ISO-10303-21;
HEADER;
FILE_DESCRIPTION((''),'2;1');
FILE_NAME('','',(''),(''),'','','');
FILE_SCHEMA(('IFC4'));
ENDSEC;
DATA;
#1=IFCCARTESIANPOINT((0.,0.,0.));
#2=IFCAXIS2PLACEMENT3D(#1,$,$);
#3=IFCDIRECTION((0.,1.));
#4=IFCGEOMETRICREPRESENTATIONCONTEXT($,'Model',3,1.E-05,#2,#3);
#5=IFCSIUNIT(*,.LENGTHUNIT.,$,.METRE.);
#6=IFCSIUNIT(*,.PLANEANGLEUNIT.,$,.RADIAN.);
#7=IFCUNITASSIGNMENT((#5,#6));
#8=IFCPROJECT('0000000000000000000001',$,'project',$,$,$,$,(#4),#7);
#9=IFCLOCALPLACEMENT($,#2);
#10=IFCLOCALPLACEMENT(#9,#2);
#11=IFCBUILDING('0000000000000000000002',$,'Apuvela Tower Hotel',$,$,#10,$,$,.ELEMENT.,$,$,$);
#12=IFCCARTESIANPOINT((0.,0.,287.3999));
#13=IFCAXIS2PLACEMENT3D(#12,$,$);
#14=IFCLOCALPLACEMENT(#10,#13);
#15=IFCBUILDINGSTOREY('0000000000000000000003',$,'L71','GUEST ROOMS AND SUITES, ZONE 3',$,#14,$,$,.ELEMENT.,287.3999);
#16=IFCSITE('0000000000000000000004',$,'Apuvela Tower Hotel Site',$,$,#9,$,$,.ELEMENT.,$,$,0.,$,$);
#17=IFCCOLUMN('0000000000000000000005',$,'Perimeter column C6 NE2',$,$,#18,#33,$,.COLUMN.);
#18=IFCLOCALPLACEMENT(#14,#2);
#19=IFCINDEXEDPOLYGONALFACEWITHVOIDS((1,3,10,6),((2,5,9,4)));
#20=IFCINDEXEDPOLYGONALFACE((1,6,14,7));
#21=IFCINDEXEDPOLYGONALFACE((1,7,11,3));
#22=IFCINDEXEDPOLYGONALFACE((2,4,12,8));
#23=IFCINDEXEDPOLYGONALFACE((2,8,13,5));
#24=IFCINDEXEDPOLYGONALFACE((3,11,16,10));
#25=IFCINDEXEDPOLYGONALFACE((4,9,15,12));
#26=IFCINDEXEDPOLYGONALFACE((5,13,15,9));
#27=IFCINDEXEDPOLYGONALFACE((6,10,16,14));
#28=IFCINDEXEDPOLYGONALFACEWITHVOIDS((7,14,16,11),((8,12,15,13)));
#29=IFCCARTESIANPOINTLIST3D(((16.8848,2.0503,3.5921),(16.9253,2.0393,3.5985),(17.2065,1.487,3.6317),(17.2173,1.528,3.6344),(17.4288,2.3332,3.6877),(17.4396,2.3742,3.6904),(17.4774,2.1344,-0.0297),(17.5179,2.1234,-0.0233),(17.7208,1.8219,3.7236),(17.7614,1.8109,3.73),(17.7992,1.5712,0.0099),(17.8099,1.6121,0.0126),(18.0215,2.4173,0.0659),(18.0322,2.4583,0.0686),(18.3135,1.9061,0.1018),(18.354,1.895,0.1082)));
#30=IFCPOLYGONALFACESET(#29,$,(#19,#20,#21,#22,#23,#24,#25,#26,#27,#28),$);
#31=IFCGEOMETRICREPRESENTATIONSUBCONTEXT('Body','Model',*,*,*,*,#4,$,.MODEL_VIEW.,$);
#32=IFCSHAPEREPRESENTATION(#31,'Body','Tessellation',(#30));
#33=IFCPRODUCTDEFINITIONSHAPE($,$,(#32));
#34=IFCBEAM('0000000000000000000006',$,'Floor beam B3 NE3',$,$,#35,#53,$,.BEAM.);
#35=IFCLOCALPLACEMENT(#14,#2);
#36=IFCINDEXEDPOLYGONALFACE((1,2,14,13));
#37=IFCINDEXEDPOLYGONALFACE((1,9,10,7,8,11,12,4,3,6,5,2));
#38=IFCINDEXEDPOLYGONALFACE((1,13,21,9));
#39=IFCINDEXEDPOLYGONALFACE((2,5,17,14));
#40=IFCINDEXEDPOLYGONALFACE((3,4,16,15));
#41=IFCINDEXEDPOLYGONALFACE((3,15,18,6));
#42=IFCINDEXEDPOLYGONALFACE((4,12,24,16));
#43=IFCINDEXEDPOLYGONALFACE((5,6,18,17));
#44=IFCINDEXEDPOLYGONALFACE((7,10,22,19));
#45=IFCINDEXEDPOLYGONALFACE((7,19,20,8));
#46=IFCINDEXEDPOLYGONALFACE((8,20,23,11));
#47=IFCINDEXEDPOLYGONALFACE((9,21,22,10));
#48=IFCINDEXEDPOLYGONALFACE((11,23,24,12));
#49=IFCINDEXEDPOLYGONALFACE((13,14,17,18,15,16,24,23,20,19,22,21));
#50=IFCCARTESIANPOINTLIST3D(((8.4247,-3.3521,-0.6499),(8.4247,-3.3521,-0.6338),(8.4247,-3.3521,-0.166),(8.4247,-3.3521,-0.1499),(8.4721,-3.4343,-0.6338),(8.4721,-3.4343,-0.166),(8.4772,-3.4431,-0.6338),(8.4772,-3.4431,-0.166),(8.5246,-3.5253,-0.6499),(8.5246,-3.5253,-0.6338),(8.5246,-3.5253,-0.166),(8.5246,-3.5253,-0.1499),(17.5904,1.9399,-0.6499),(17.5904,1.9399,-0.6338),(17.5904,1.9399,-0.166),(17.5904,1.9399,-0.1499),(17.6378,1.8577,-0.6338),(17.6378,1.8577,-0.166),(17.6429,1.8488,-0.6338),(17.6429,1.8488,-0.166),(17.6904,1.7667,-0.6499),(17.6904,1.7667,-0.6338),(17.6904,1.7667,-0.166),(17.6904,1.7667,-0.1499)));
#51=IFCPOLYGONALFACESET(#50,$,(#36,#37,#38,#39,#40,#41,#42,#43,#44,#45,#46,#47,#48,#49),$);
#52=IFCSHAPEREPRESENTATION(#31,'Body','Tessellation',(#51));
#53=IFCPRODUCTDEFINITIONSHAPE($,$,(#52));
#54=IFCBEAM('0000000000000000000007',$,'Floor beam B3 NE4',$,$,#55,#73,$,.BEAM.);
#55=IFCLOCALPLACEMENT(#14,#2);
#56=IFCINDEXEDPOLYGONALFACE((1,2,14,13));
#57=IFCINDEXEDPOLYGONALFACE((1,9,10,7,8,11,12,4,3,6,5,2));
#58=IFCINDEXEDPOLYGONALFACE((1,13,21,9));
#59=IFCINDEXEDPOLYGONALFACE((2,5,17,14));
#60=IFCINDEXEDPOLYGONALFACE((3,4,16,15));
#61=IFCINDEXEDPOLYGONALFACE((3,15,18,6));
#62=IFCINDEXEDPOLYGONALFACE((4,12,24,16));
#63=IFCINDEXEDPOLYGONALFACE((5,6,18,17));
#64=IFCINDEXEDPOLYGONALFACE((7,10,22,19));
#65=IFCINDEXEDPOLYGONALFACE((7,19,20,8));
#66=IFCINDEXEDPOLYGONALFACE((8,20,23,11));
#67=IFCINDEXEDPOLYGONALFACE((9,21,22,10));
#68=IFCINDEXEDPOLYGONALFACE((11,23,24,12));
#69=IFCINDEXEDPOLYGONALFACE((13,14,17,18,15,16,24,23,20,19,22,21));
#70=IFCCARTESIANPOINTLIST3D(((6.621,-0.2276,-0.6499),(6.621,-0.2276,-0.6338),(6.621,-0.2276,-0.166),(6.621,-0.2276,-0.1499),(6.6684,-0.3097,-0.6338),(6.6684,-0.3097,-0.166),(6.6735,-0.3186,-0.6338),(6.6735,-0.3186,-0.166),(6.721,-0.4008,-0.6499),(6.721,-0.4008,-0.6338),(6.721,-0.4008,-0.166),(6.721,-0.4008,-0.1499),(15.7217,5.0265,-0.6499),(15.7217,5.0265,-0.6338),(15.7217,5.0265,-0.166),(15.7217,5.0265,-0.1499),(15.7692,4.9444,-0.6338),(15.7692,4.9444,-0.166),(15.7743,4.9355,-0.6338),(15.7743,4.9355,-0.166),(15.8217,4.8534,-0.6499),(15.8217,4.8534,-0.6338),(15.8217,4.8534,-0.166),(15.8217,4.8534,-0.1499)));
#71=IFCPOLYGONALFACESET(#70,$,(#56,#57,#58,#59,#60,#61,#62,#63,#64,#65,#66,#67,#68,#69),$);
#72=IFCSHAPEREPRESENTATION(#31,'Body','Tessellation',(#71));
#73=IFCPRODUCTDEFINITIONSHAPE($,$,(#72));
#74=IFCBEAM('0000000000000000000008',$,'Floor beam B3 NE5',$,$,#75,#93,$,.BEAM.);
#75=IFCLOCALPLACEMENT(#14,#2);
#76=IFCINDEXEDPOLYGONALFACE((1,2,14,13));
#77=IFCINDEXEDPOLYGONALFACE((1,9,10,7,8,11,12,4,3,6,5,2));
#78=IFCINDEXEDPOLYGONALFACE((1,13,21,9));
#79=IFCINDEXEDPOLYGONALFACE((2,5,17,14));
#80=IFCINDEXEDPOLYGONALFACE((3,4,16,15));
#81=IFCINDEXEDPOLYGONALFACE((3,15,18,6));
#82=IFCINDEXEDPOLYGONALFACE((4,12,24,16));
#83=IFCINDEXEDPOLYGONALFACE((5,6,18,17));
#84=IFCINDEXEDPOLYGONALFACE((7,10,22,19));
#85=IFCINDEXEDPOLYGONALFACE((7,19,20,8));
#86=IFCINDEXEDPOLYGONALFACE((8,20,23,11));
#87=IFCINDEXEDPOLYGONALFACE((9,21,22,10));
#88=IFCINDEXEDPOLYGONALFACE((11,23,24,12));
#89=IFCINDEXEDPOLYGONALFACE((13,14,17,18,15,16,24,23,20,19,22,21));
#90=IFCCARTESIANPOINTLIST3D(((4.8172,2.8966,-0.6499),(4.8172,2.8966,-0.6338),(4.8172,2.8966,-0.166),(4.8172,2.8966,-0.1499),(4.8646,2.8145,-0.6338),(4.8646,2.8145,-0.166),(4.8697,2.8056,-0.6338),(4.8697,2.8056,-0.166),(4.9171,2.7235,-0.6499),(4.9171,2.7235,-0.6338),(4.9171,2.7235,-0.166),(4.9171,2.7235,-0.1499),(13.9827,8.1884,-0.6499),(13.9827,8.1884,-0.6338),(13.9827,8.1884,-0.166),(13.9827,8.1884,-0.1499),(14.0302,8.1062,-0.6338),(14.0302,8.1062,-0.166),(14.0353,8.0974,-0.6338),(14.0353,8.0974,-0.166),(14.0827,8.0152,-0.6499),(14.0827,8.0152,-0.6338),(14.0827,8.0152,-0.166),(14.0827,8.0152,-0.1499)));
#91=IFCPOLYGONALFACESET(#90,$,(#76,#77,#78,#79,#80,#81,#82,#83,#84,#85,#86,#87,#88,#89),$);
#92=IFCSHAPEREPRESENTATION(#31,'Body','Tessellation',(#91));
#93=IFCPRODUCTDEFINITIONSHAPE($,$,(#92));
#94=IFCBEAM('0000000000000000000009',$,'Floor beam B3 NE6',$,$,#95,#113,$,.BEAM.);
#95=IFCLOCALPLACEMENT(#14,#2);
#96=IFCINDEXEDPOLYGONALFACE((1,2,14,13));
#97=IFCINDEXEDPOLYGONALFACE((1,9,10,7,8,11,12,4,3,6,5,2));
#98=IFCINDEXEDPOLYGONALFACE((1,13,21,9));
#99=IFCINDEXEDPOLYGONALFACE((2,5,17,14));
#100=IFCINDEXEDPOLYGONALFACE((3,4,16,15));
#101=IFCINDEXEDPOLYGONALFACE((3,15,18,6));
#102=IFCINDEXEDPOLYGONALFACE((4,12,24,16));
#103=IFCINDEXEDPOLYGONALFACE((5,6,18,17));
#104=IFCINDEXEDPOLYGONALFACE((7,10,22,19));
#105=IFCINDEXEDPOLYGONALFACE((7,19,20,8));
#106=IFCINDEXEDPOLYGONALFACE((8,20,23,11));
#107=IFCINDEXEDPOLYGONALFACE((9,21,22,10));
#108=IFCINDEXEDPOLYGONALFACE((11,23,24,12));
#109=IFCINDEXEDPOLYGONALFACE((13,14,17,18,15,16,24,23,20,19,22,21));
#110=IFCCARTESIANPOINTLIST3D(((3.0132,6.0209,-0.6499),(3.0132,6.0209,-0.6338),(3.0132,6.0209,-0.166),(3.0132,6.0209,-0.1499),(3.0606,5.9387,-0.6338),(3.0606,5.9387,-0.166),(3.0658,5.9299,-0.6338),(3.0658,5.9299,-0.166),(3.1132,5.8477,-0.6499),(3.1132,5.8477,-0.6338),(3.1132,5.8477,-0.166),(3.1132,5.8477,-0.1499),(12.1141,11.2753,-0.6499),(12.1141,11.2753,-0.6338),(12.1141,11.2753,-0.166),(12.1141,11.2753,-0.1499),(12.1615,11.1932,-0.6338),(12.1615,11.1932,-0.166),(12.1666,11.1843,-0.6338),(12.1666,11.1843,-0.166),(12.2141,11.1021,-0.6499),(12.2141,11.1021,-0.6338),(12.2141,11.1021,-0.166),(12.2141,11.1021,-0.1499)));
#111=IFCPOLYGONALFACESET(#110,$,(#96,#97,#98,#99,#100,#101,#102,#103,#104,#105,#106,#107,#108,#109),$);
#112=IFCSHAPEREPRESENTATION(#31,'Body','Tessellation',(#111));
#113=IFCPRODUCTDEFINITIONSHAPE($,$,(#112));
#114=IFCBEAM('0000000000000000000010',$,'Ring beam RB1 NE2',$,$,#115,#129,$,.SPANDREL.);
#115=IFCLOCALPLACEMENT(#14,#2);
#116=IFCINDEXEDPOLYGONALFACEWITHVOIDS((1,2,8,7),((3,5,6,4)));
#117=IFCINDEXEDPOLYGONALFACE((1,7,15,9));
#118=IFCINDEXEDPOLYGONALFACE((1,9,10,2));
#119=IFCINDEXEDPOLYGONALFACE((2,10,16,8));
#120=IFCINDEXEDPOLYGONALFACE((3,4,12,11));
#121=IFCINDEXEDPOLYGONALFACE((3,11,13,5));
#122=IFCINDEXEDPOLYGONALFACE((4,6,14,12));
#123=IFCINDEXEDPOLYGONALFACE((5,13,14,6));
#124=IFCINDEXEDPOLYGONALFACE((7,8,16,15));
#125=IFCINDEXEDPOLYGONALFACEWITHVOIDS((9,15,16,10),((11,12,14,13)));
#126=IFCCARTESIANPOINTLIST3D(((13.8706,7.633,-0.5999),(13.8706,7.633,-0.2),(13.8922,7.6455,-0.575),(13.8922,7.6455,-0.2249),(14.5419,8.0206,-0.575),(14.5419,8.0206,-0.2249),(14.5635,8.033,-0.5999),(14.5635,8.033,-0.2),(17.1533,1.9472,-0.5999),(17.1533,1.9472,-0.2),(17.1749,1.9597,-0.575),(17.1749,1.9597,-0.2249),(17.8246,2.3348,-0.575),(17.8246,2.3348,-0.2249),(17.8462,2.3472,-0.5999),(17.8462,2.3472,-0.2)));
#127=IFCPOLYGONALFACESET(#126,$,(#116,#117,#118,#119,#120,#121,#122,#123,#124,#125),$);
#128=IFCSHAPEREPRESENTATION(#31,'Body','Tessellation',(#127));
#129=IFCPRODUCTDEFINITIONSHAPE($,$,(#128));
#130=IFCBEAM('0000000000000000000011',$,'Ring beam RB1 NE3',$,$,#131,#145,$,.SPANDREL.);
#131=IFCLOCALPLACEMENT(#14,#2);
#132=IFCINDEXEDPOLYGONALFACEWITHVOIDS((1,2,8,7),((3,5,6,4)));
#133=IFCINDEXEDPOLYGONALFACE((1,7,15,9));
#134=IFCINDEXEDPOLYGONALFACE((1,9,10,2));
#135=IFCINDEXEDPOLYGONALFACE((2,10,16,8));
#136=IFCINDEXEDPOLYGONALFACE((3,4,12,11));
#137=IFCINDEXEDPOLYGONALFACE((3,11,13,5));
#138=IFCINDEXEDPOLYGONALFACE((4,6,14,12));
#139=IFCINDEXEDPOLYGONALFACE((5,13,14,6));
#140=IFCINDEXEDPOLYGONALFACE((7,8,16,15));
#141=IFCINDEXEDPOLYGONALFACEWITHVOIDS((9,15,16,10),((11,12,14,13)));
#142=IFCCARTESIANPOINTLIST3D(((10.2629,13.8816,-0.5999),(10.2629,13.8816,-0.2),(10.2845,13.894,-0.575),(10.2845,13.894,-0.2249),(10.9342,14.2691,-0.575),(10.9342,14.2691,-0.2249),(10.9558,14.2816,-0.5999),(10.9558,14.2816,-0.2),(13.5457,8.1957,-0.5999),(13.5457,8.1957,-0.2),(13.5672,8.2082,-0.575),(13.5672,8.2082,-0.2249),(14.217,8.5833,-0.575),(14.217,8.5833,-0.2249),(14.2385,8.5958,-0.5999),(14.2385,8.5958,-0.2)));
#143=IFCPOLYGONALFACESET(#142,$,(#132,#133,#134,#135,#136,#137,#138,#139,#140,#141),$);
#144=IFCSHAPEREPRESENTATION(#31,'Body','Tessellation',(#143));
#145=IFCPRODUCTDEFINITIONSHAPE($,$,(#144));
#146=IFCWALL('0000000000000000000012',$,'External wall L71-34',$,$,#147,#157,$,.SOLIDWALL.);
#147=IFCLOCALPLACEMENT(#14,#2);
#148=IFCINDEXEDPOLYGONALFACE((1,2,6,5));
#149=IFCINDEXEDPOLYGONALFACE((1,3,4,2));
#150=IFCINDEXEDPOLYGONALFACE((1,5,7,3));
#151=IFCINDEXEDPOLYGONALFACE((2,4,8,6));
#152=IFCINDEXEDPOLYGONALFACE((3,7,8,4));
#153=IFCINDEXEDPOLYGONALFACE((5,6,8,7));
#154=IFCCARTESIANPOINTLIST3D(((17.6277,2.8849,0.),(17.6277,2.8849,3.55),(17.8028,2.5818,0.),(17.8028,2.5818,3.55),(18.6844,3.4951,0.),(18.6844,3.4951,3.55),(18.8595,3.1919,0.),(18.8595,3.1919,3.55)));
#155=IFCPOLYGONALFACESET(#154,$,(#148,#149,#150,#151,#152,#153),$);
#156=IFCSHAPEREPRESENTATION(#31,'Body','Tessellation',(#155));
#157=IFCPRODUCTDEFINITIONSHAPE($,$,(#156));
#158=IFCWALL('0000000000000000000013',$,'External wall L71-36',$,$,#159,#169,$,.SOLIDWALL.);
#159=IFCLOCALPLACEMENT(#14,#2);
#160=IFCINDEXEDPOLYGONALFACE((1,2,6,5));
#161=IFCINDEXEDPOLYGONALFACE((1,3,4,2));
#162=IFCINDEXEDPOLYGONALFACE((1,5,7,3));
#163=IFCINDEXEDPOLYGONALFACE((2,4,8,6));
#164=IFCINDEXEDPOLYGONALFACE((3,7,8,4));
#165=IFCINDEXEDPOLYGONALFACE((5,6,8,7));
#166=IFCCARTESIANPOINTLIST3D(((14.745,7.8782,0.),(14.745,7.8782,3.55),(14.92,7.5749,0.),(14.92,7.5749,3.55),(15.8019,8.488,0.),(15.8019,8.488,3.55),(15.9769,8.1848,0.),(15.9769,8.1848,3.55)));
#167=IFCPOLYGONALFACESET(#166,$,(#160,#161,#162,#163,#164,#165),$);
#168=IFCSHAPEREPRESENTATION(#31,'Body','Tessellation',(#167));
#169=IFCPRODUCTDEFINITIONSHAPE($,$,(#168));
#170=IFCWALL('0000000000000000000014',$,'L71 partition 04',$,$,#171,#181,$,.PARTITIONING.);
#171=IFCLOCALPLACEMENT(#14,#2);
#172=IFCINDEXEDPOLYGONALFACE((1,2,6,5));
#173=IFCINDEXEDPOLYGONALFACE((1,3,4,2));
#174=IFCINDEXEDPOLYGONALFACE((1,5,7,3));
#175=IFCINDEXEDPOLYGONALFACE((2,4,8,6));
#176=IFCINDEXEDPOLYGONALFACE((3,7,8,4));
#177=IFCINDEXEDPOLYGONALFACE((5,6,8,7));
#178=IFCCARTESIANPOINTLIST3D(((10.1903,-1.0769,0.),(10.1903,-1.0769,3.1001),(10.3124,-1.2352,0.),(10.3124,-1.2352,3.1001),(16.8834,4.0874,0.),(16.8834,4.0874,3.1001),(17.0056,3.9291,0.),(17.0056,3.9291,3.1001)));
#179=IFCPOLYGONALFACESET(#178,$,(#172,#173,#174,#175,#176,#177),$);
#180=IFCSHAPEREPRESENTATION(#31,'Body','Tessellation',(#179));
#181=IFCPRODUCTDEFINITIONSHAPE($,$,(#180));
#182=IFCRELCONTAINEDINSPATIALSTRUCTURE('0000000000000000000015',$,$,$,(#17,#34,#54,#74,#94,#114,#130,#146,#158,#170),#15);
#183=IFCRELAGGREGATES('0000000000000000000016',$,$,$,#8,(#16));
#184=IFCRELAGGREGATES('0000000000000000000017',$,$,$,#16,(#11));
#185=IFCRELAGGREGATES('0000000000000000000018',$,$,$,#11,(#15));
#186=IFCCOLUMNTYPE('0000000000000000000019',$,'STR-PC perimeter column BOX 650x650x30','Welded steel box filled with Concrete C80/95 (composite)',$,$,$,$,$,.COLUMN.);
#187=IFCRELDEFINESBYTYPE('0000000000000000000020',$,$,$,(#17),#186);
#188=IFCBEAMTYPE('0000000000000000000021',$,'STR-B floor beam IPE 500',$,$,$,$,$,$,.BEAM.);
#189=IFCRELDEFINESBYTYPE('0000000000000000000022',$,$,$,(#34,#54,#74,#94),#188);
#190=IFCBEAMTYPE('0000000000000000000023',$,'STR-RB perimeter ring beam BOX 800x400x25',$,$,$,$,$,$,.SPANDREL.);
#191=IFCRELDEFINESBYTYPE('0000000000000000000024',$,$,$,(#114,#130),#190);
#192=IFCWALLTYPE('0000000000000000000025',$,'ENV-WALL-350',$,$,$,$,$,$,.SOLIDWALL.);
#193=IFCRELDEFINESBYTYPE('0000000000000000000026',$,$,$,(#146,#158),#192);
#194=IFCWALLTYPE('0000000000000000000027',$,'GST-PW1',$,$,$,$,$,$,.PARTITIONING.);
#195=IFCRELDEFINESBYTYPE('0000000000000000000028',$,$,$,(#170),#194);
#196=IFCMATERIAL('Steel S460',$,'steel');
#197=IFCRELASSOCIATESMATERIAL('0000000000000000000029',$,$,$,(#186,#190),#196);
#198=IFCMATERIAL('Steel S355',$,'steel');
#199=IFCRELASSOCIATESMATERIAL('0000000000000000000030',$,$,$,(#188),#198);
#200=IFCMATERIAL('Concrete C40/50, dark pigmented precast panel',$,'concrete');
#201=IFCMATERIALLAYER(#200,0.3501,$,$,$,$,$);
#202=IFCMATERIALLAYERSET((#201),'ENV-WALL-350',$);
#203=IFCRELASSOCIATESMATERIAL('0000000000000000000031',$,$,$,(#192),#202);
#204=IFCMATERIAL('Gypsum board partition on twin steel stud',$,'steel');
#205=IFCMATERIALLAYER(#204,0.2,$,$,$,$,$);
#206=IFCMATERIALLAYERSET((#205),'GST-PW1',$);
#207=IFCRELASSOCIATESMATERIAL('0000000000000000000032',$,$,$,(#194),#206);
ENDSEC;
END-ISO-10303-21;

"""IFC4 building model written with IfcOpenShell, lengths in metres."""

from ifc_helpers import new_model, si_unit, direction, frame, frame_2d, origin, origin_2d, place, context, subcontext, project, spatial, rectangle, hollow_rectangle, i_section, extrude, boolean, halfspace, material, layer, layer_set, material_profile, profile_set, type_object, element, save


model = new_model("IFC4")

# Units and contexts
model_context = context("Model", 3, precision=1e-05, world=origin(), true_north=direction((0.0, 1.0)))
body_context = subcontext(model_context, "Body", "Model", "MODEL_VIEW")
ifc_project = project(units=[si_unit("LENGTHUNIT", "METRE"), si_unit("PLANEANGLEUNIT", "RADIAN")], contexts=[model_context])

# Site, building, storey
site_placement = place(None, origin())
site = spatial("IfcSite", under=ifc_project, at=site_placement, Name="Apuvela Tower Hotel Site", CompositionType="ELEMENT", RefElevation=0.0)
building_placement = place(site_placement, origin())
building = spatial("IfcBuilding", under=site, at=building_placement, Name="Apuvela Tower Hotel", CompositionType="ELEMENT")
storey_placement = place(building_placement, frame((0.0, 0.0, 287.3999)))
storey = spatial("IfcBuildingStorey", under=building, at=storey_placement, Name="L71", Description="GUEST ROOMS AND SUITES, ZONE 3", CompositionType="ELEMENT", Elevation=287.3999)

# Column
ifc_material_1 = material(Name="Steel S460", Category="steel")
ifc_material_profile_1 = material_profile(ifc_material_1, hollow_rectangle(XDim=0.6499, YDim=0.6499, WallThickness=0.03, at=origin_2d()), Name="BOX 650x650x30")
ifc_material_2 = material(Name="Concrete C80/95", Category="concrete")
ifc_material_profile_2 = material_profile(ifc_material_2, rectangle(XDim=0.5901, YDim=0.5901, at=origin_2d()), Name="Concrete C80/95 infill")
ifc_profile_set_1 = profile_set([ifc_material_profile_1, ifc_material_profile_2], Name="Steel S460")
column_type = type_object("IfcColumnType", Name="STR-PC perimeter column BOX 650x650x30", Description="Welded steel box filled with Concrete C80/95 (composite)", PredefinedType="COLUMN", material=ifc_profile_set_1)
column_1_placement = place(storey_placement, frame((17.9221, 2.0156, 0.0), z_axis=(-0.161442, -0.022914, 0.986616), x_axis=(0.495073, -0.866716, 0.06088)))
element("IfcColumn", 1, at=column_1_placement, inside=storey, type_object=column_type, Name="Perimeter column C6 NE2", PredefinedType="COLUMN", context=body_context, shape_type="SweptSolid", body=[
    boolean("DIFFERENCE", boolean("DIFFERENCE", extrude(hollow_rectangle(XDim=0.6499, YDim=0.6499, WallThickness=0.03, at=origin_2d()), origin(), (0.0, 0.0, 1.0), 3.7505), halfspace(frame((0.0, 0.0, 0.0398), z_axis=(0.0, 0.0, 1.0), x_axis=(1.0, 0.0, 0.0)), True)), halfspace(frame((0.0, 0.0, 3.7107), z_axis=(0.0, 0.0, 1.0), x_axis=(1.0, 0.0, 0.0)), False)),
])

# Beams
ifc_material_3 = material(Name="Steel S355", Category="steel")
ifc_material_profile_3 = material_profile(ifc_material_3, i_section(OverallWidth=0.2, OverallDepth=0.5, WebThickness=0.0103, FlangeThickness=0.0161, at=origin_2d()), Name="IPE 500")
ifc_profile_set_2 = profile_set([ifc_material_profile_3], Name="Steel S355")
beam_type_1 = type_object("IfcBeamType", Name="STR-B floor beam IPE 500", PredefinedType="BEAM", material=ifc_profile_set_2)
beam_1_placement = place(storey_placement, frame((17.6404, 1.8533, -0.3999), z_axis=(-0.86602, -0.500009, 0.0), x_axis=(0.500009, -0.86602, 0.0)))
element("IfcBeam", 2, at=beam_1_placement, inside=storey, type_object=beam_type_1, Name="Floor beam B3 NE3", PredefinedType="BEAM", context=body_context, shape_type="SweptSolid", body=[
    extrude(i_section(OverallWidth=0.2, OverallDepth=0.5, WebThickness=0.0103, FlangeThickness=0.0161, at=origin_2d()), origin(), (0.0, 0.0, 1.0), 10.5837),
])
beam_2_placement = place(storey_placement, frame((15.7717, 4.9399, -0.3999), z_axis=(-0.866034, -0.499985, 0.0), x_axis=(0.499985, -0.866034, 0.0)))
element("IfcBeam", 3, at=beam_2_placement, inside=storey, type_object=beam_type_1, Name="Floor beam B3 NE4", PredefinedType="BEAM", context=body_context, shape_type="SweptSolid", body=[
    extrude(i_section(OverallWidth=0.2, OverallDepth=0.5, WebThickness=0.0103, FlangeThickness=0.0161, at=origin_2d()), origin(), (0.0, 0.0, 1.0), 10.5085),
])
beam_3_placement = place(storey_placement, frame((14.0327, 8.1018, -0.3999), z_axis=(-0.866024, -0.500002, 0.0), x_axis=(0.500002, -0.866024, 0.0)))
element("IfcBeam", 4, at=beam_3_placement, inside=storey, type_object=beam_type_1, Name="Floor beam B3 NE5", PredefinedType="BEAM", context=body_context, shape_type="SweptSolid", body=[
    extrude(i_section(OverallWidth=0.2, OverallDepth=0.5, WebThickness=0.0103, FlangeThickness=0.0161, at=origin_2d()), origin(), (0.0, 0.0, 1.0), 10.5835),
])
beam_4_placement = place(storey_placement, frame((12.1641, 11.1887, -0.3999), z_axis=(-0.866024, -0.500002, 0.0), x_axis=(0.500002, -0.866024, 0.0)))
element("IfcBeam", 5, at=beam_4_placement, inside=storey, type_object=beam_type_1, Name="Floor beam B3 NE6", PredefinedType="BEAM", context=body_context, shape_type="SweptSolid", body=[
    extrude(i_section(OverallWidth=0.2, OverallDepth=0.5, WebThickness=0.0103, FlangeThickness=0.0161, at=origin_2d()), origin(), (0.0, 0.0, 1.0), 10.5088),
])
ifc_material_profile_4 = material_profile(ifc_material_1, hollow_rectangle(XDim=0.8, YDim=0.3999, WallThickness=0.0249, at=origin_2d()), Name="BOX 800x400x25")
ifc_profile_set_3 = profile_set([ifc_material_profile_4], Name="Steel S460")
beam_type_2 = type_object("IfcBeamType", Name="STR-RB perimeter ring beam BOX 800x400x25", PredefinedType="SPANDREL", material=ifc_profile_set_3)
for number, where, z_axis, x_axis, name in (
    (6, (17.4998, 2.1472, -0.3999), (-0.500002, 0.866024, 0.0), (-0.866024, -0.500002, 0.0), "Ring beam RB1 NE2"),
    (7, (13.8921, 8.3958, -0.3999), (-0.500002, 0.866024, 0.0), (-0.866024, -0.500002, 0.0), "Ring beam RB1 NE3"),
):
    element("IfcBeam", number, at=place(storey_placement, frame(where, z_axis=z_axis, x_axis=x_axis)), inside=storey, type_object=beam_type_2, Name=name, PredefinedType="SPANDREL", context=body_context, shape_type="SweptSolid", body=[
        extrude(hollow_rectangle(XDim=0.8, YDim=0.3999, WallThickness=0.0249, at=origin_2d()), origin(), (0.0, 0.0, 1.0), 6.5654),
    ])

# Wall
ifc_material_4 = material(Name="Concrete C40/50, dark pigmented precast panel", Category="concrete")
ifc_layer_1 = layer(ifc_material_4, 0.3501)
ifc_layer_set_1 = layer_set([ifc_layer_1], Name="ENV-WALL-350")
wall_type_1 = type_object("IfcWallType", Name="ENV-WALL-350", PredefinedType="SOLIDWALL", material=ifc_layer_set_1)
wall_1_placement = place(storey_placement, frame((18.772, 3.3435, 0.0), z_axis=(0.0, 0.0, 1.0), x_axis=(-0.866006, -0.500034, 0.0)))
element("IfcWall", 8, at=wall_1_placement, inside=storey, type_object=wall_type_1, Name="External wall L71-34", PredefinedType="SOLIDWALL", context=body_context, shape_type="SweptSolid", body=[
    extrude(rectangle(XDim=1.2202, YDim=0.3501, at=frame_2d((0.6101, 0.0))), origin(), (0.0, 0.0, 1.0), 3.55),
])

# Wall
wall_2_placement = place(storey_placement, frame((14.8325, 7.7266, 0.0), z_axis=(0.0, 0.0, 1.0), x_axis=(0.866142, 0.499798, 0.0)))
element("IfcWall", 9, at=wall_2_placement, inside=storey, type_object=wall_type_1, Name="External wall L71-36", PredefinedType="SOLIDWALL", context=body_context, shape_type="SweptSolid", body=[
    extrude(rectangle(XDim=1.2202, YDim=0.3501, at=frame_2d((0.6101, 0.0))), origin(), (0.0, 0.0, 1.0), 3.55),
])

# Wall
ifc_material_5 = material(Name="Gypsum board partition on twin steel stud", Category="steel")
ifc_layer_2 = layer(ifc_material_5, 0.2)
ifc_layer_set_2 = layer_set([ifc_layer_2], Name="GST-PW1")
wall_type_2 = type_object("IfcWallType", Name="GST-PW1", PredefinedType="PARTITIONING", material=ifc_layer_set_2)
wall_3_placement = place(storey_placement, frame((16.9446, 4.0083, 0.0), z_axis=(0.0, 0.0, 1.0), x_axis=(-0.791722, -0.610881, 0.0)))
element("IfcWall", 10, at=wall_3_placement, inside=storey, type_object=wall_type_2, Name="L71 partition 04", PredefinedType="PARTITIONING", context=body_context, shape_type="SweptSolid", body=[
    extrude(rectangle(XDim=8.4539, YDim=0.2, at=frame_2d((4.2271, 0.0))), origin(), (0.0, 0.0, 1.0), 3.1001),
])

save(model, "model.ifc")
